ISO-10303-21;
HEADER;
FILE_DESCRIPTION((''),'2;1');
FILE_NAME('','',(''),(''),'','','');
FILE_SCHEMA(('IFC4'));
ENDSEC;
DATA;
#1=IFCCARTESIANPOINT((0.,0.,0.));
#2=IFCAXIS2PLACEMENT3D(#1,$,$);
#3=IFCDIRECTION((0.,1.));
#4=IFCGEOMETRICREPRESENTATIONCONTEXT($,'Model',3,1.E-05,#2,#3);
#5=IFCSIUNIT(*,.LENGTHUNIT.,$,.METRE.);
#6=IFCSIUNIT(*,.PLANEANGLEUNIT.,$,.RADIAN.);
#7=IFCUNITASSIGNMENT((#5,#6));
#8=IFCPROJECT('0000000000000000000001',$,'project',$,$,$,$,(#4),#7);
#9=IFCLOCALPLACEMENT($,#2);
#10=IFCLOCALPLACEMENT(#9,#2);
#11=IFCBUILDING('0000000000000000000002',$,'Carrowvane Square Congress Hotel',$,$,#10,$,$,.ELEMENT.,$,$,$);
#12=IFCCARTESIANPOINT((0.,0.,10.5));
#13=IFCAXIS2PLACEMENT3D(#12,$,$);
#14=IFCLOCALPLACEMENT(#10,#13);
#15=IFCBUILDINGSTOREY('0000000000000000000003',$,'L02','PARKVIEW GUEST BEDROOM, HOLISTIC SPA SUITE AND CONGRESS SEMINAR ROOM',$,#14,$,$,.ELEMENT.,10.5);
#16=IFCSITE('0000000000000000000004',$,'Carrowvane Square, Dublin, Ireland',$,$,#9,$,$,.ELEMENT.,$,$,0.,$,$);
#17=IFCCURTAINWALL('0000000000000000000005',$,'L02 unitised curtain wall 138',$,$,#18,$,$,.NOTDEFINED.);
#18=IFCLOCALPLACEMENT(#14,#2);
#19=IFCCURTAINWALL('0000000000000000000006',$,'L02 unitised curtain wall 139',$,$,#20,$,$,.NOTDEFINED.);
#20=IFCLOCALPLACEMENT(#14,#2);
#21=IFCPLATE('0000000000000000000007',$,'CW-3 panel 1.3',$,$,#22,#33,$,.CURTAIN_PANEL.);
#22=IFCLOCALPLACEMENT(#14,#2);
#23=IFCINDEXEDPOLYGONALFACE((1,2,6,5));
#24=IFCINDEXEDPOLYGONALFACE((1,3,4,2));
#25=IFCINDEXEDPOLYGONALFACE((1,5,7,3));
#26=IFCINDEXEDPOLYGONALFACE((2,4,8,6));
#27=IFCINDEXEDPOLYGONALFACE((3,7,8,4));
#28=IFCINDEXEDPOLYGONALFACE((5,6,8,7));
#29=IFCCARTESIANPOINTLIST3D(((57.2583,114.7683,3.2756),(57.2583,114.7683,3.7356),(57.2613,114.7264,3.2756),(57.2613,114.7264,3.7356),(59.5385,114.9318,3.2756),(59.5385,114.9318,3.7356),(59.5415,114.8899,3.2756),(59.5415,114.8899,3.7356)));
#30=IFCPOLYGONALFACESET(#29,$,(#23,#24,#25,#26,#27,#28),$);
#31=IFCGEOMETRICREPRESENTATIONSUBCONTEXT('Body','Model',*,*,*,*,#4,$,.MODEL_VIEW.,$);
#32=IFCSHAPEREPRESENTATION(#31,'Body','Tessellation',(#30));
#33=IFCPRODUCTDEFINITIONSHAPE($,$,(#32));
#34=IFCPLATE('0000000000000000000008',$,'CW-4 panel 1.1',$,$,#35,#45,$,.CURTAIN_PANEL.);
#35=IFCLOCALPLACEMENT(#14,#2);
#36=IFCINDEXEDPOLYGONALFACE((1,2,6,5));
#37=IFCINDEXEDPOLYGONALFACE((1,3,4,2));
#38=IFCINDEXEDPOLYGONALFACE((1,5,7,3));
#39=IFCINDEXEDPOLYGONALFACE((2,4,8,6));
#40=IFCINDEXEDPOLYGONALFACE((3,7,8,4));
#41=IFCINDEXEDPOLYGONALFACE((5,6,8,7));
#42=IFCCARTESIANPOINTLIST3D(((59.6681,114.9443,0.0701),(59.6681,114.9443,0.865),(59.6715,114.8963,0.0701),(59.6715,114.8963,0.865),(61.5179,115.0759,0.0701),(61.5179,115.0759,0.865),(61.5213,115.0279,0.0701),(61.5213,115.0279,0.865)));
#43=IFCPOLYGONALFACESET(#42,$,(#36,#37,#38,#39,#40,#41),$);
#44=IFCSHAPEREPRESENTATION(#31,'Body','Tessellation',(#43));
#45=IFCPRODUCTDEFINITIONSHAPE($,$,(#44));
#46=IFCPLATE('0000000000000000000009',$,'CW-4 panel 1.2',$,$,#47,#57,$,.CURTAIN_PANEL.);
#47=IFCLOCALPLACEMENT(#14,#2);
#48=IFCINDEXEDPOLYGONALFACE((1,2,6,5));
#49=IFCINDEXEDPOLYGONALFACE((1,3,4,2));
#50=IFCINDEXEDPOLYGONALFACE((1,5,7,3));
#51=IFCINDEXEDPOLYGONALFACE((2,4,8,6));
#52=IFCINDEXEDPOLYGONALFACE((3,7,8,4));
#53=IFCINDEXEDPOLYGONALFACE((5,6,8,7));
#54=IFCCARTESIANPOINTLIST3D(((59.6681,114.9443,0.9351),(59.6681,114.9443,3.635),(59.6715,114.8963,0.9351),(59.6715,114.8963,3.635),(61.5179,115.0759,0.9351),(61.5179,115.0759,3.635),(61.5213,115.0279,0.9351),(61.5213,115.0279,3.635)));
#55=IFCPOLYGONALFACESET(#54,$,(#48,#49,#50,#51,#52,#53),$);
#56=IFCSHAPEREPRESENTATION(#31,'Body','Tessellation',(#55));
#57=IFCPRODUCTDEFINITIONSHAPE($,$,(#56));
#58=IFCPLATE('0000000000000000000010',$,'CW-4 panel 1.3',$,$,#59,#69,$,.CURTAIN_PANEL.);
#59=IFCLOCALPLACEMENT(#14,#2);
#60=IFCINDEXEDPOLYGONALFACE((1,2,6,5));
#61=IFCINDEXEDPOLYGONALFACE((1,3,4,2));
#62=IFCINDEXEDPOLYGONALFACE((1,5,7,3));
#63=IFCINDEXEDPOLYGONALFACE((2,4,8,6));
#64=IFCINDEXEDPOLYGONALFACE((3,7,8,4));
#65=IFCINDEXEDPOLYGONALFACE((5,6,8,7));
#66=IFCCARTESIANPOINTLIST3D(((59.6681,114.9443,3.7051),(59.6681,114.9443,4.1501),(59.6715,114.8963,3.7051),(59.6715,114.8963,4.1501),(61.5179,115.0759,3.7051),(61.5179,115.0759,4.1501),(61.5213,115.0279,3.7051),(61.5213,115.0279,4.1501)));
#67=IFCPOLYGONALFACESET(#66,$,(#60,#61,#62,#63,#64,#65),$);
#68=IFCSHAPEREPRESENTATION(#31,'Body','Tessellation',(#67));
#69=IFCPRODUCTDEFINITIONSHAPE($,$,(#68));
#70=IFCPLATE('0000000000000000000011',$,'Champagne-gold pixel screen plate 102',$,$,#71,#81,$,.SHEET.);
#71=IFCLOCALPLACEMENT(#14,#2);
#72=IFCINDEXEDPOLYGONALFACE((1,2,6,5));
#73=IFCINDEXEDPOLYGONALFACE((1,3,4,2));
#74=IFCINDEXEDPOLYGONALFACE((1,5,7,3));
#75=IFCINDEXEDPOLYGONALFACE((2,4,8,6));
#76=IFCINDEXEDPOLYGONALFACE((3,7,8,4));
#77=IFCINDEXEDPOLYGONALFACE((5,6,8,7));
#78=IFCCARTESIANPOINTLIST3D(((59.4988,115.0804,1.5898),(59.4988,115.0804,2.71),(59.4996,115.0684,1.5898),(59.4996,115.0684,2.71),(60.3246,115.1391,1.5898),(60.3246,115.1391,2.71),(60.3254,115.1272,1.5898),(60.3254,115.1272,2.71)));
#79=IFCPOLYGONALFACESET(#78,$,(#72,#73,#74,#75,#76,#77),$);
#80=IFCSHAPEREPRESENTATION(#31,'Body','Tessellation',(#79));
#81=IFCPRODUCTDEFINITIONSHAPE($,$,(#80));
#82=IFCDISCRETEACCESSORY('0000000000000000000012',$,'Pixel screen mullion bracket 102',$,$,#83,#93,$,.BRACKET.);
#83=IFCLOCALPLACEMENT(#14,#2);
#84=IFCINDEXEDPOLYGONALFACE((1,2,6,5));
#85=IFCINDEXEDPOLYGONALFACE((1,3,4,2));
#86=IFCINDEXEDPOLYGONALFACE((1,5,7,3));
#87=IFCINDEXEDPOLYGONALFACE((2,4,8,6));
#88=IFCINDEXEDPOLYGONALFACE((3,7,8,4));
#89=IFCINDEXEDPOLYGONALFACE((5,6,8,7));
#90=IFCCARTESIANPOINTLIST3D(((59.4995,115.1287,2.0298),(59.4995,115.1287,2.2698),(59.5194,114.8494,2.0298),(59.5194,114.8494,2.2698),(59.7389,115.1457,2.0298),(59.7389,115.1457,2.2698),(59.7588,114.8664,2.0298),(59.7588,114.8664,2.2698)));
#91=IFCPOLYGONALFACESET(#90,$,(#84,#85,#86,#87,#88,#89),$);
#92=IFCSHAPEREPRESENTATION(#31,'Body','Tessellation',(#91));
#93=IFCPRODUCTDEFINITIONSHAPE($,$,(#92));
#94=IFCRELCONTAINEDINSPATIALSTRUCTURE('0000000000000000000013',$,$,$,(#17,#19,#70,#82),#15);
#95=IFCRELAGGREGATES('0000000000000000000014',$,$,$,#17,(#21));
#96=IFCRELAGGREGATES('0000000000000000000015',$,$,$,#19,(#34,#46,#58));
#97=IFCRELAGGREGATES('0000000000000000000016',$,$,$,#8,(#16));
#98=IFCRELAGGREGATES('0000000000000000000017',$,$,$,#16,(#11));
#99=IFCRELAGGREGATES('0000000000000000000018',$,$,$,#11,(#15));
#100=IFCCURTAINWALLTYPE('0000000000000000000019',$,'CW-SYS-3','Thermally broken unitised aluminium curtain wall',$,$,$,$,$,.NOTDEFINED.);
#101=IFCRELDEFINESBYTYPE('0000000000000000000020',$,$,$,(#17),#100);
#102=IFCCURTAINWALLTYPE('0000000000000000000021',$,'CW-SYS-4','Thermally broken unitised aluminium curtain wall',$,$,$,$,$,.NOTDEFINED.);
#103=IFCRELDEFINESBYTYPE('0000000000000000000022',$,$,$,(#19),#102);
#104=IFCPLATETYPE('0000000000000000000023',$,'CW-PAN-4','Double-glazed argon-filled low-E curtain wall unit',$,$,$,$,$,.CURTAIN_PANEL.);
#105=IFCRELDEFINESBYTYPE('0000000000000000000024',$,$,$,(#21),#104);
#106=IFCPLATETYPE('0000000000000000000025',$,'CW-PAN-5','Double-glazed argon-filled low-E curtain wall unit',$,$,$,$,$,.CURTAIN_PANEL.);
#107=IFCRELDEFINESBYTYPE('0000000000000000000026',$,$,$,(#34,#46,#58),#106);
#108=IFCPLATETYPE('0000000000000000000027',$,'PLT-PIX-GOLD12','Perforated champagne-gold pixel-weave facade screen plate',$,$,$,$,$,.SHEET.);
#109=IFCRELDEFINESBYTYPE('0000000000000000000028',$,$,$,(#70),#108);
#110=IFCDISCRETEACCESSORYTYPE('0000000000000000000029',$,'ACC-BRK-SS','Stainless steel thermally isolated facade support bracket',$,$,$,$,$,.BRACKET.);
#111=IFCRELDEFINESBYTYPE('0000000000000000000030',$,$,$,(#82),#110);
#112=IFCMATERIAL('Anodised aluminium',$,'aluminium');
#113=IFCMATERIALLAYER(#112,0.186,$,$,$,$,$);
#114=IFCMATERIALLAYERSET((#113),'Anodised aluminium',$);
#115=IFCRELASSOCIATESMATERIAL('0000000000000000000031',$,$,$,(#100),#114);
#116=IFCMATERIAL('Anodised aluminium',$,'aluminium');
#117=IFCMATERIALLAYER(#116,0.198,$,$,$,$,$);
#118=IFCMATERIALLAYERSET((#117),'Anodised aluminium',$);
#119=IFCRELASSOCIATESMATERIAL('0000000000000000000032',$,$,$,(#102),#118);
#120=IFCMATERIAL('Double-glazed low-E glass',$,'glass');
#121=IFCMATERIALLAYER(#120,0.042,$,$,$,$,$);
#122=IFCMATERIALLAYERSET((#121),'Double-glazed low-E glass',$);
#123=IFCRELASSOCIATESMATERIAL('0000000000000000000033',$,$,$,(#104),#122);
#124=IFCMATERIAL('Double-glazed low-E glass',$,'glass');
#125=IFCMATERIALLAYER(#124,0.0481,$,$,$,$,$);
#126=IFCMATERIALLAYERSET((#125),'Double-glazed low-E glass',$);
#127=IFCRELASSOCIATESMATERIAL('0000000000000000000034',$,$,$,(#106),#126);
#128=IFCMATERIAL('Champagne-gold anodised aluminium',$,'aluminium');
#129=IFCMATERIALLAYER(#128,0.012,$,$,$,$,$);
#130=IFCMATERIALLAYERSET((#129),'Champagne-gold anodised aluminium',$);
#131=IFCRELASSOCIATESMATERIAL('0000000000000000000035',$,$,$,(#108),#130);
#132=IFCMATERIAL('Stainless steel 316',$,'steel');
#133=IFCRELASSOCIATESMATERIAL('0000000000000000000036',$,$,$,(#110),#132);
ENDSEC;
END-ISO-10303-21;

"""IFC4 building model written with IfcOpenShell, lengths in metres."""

from ifc_helpers import new_model, si_unit, direction, frame, origin, origin_2d, place, context, subcontext, project, spatial, rectangle, extrude, material, layer, layer_set, type_object, element, aggregate, save


model = new_model("IFC4")

# Units and contexts
model_context = context("Model", 3, precision=1e-05, world=origin(), true_north=direction((0.0, 1.0)))
body_context = subcontext(model_context, "Body", "Model", "MODEL_VIEW")
ifc_project = project(units=[si_unit("LENGTHUNIT", "METRE"), si_unit("PLANEANGLEUNIT", "RADIAN")], contexts=[model_context])

# Site, building, storey
site_placement = place(None, origin())
site = spatial("IfcSite", under=ifc_project, at=site_placement, Name="Carrowvane Square, Dublin, Ireland", CompositionType="ELEMENT", RefElevation=0.0)
building_placement = place(site_placement, origin())
building = spatial("IfcBuilding", under=site, at=building_placement, Name="Carrowvane Square Congress Hotel", CompositionType="ELEMENT")
storey_placement = place(building_placement, frame((0.0, 0.0, 10.5)))
storey = spatial("IfcBuildingStorey", under=building, at=storey_placement, Name="L02", Description="PARKVIEW GUEST BEDROOM, HOLISTIC SPA SUITE AND CONGRESS SEMINAR ROOM", CompositionType="ELEMENT", Elevation=10.5)

# Curtain wall
ifc_material_1 = material(Name="Anodised aluminium", Category="aluminium")
ifc_layer_1 = layer(ifc_material_1, 0.186)
ifc_layer_set_1 = layer_set([ifc_layer_1], Name="Anodised aluminium")
curtain_wall_type_1 = type_object("IfcCurtainWallType", Name="CW-SYS-3", Description="Thermally broken unitised aluminium curtain wall", PredefinedType="NOTDEFINED", material=ifc_layer_set_1)
curtain_wall_1_placement = place(storey_placement, origin())
curtain_wall_1 = element("IfcCurtainWall", 1, at=curtain_wall_1_placement, inside=storey, type_object=curtain_wall_type_1, Name="L02 unitised curtain wall 138", PredefinedType="NOTDEFINED")

# Curtain wall
ifc_material_2 = material(Name="Anodised aluminium", Category="aluminium")
ifc_layer_2 = layer(ifc_material_2, 0.198)
ifc_layer_set_2 = layer_set([ifc_layer_2], Name="Anodised aluminium")
curtain_wall_type_2 = type_object("IfcCurtainWallType", Name="CW-SYS-4", Description="Thermally broken unitised aluminium curtain wall", PredefinedType="NOTDEFINED", material=ifc_layer_set_2)
curtain_wall_2_placement = place(storey_placement, origin())
curtain_wall_2 = element("IfcCurtainWall", 2, at=curtain_wall_2_placement, inside=storey, type_object=curtain_wall_type_2, Name="L02 unitised curtain wall 139", PredefinedType="NOTDEFINED")

# Plates
ifc_material_3 = material(Name="Double-glazed low-E glass", Category="glass")
ifc_layer_3 = layer(ifc_material_3, 0.042)
ifc_layer_set_3 = layer_set([ifc_layer_3], Name="Double-glazed low-E glass")
plate_type_1 = type_object("IfcPlateType", Name="CW-PAN-4", Description="Double-glazed argon-filled low-E curtain wall unit", PredefinedType="CURTAIN_PANEL", material=ifc_layer_set_3)
plate_1_placement = place(storey_placement, frame((58.3999, 114.8291, 3.2756), z_axis=(0.0, 0.0, 1.0), x_axis=(0.997438, 0.071532, 0.0)))
plate_1 = element("IfcPlate", 3, at=plate_1_placement, type_object=plate_type_1, Name="CW-3 panel 1.3", PredefinedType="CURTAIN_PANEL", context=body_context, shape_type="SweptSolid", body=[
    extrude(rectangle(XDim=2.2861, YDim=0.042, at=origin_2d()), origin(), (0.0, 0.0, 1.0), 0.46),
])
aggregate(curtain_wall_1, [plate_1])
ifc_material_4 = material(Name="Double-glazed low-E glass", Category="glass")
ifc_layer_4 = layer(ifc_material_4, 0.0481)
ifc_layer_set_4 = layer_set([ifc_layer_4], Name="Double-glazed low-E glass")
plate_type_2 = type_object("IfcPlateType", Name="CW-PAN-5", Description="Double-glazed argon-filled low-E curtain wall unit", PredefinedType="CURTAIN_PANEL", material=ifc_layer_set_4)
plate_2_placement = place(storey_placement, frame((60.5947, 114.9861, 0.0701), z_axis=(0.0, 0.0, 1.0), x_axis=(0.997479, 0.07096, 0.0)))
plate_2 = element("IfcPlate", 4, at=plate_2_placement, type_object=plate_type_2, Name="CW-4 panel 1.1", PredefinedType="CURTAIN_PANEL", context=body_context, shape_type="SweptSolid", body=[
    extrude(rectangle(XDim=1.8545, YDim=0.0481, at=origin_2d()), origin(), (0.0, 0.0, 1.0), 0.7949),
])
plate_3_placement = place(storey_placement, frame((60.5947, 114.9861, 0.9351), z_axis=(0.0, 0.0, 1.0), x_axis=(0.997479, 0.07096, 0.0)))
plate_3 = element("IfcPlate", 5, at=plate_3_placement, type_object=plate_type_2, Name="CW-4 panel 1.2", PredefinedType="CURTAIN_PANEL", context=body_context, shape_type="SweptSolid", body=[
    extrude(rectangle(XDim=1.8545, YDim=0.0481, at=origin_2d()), origin(), (0.0, 0.0, 1.0), 2.7),
])
plate_4_placement = place(storey_placement, frame((60.5947, 114.9861, 3.7051), z_axis=(0.0, 0.0, 1.0), x_axis=(0.997479, 0.07096, 0.0)))
plate_4 = element("IfcPlate", 6, at=plate_4_placement, type_object=plate_type_2, Name="CW-4 panel 1.3", PredefinedType="CURTAIN_PANEL", context=body_context, shape_type="SweptSolid", body=[
    extrude(rectangle(XDim=1.8545, YDim=0.0481, at=origin_2d()), origin(), (0.0, 0.0, 1.0), 0.4451),
])
aggregate(curtain_wall_2, [plate_2, plate_3, plate_4])
ifc_material_5 = material(Name="Champagne-gold anodised aluminium", Category="aluminium")
ifc_layer_5 = layer(ifc_material_5, 0.012)
ifc_layer_set_5 = layer_set([ifc_layer_5], Name="Champagne-gold anodised aluminium")
plate_type_3 = type_object("IfcPlateType", Name="PLT-PIX-GOLD12", Description="Perforated champagne-gold pixel-weave facade screen plate", PredefinedType="SHEET", material=ifc_layer_set_5)
plate_5_placement = place(storey_placement, frame((59.9121, 115.1038, 1.5898), z_axis=(0.0, 0.0, 1.0), x_axis=(0.997479, 0.070957, 0.0)))
element("IfcPlate", 7, at=plate_5_placement, inside=storey, type_object=plate_type_3, Name="Champagne-gold pixel screen plate 102", PredefinedType="SHEET", context=body_context, shape_type="SweptSolid", body=[
    extrude(rectangle(XDim=0.8279, YDim=0.012, at=origin_2d()), origin(), (0.0, 0.0, 1.0), 1.1201),
])

# Discrete accessory
ifc_material_6 = material(Name="Stainless steel 316", Category="steel")
discrete_accessory_type = type_object("IfcDiscreteAccessoryType", Name="ACC-BRK-SS", Description="Stainless steel thermally isolated facade support bracket", PredefinedType="BRACKET", material=ifc_material_6)
discrete_accessory_placement = place(storey_placement, frame((59.6292, 114.9976, 2.0298), z_axis=(0.0, 0.0, 1.0), x_axis=(0.997479, 0.070957, 0.0)))
element("IfcDiscreteAccessory", 8, at=discrete_accessory_placement, inside=storey, type_object=discrete_accessory_type, Name="Pixel screen mullion bracket 102", PredefinedType="BRACKET", context=body_context, shape_type="SweptSolid", body=[
    extrude(rectangle(XDim=0.24, YDim=0.28, at=origin_2d()), origin(), (0.0, 0.0, 1.0), 0.24),
])

save(model, "model.ifc")
